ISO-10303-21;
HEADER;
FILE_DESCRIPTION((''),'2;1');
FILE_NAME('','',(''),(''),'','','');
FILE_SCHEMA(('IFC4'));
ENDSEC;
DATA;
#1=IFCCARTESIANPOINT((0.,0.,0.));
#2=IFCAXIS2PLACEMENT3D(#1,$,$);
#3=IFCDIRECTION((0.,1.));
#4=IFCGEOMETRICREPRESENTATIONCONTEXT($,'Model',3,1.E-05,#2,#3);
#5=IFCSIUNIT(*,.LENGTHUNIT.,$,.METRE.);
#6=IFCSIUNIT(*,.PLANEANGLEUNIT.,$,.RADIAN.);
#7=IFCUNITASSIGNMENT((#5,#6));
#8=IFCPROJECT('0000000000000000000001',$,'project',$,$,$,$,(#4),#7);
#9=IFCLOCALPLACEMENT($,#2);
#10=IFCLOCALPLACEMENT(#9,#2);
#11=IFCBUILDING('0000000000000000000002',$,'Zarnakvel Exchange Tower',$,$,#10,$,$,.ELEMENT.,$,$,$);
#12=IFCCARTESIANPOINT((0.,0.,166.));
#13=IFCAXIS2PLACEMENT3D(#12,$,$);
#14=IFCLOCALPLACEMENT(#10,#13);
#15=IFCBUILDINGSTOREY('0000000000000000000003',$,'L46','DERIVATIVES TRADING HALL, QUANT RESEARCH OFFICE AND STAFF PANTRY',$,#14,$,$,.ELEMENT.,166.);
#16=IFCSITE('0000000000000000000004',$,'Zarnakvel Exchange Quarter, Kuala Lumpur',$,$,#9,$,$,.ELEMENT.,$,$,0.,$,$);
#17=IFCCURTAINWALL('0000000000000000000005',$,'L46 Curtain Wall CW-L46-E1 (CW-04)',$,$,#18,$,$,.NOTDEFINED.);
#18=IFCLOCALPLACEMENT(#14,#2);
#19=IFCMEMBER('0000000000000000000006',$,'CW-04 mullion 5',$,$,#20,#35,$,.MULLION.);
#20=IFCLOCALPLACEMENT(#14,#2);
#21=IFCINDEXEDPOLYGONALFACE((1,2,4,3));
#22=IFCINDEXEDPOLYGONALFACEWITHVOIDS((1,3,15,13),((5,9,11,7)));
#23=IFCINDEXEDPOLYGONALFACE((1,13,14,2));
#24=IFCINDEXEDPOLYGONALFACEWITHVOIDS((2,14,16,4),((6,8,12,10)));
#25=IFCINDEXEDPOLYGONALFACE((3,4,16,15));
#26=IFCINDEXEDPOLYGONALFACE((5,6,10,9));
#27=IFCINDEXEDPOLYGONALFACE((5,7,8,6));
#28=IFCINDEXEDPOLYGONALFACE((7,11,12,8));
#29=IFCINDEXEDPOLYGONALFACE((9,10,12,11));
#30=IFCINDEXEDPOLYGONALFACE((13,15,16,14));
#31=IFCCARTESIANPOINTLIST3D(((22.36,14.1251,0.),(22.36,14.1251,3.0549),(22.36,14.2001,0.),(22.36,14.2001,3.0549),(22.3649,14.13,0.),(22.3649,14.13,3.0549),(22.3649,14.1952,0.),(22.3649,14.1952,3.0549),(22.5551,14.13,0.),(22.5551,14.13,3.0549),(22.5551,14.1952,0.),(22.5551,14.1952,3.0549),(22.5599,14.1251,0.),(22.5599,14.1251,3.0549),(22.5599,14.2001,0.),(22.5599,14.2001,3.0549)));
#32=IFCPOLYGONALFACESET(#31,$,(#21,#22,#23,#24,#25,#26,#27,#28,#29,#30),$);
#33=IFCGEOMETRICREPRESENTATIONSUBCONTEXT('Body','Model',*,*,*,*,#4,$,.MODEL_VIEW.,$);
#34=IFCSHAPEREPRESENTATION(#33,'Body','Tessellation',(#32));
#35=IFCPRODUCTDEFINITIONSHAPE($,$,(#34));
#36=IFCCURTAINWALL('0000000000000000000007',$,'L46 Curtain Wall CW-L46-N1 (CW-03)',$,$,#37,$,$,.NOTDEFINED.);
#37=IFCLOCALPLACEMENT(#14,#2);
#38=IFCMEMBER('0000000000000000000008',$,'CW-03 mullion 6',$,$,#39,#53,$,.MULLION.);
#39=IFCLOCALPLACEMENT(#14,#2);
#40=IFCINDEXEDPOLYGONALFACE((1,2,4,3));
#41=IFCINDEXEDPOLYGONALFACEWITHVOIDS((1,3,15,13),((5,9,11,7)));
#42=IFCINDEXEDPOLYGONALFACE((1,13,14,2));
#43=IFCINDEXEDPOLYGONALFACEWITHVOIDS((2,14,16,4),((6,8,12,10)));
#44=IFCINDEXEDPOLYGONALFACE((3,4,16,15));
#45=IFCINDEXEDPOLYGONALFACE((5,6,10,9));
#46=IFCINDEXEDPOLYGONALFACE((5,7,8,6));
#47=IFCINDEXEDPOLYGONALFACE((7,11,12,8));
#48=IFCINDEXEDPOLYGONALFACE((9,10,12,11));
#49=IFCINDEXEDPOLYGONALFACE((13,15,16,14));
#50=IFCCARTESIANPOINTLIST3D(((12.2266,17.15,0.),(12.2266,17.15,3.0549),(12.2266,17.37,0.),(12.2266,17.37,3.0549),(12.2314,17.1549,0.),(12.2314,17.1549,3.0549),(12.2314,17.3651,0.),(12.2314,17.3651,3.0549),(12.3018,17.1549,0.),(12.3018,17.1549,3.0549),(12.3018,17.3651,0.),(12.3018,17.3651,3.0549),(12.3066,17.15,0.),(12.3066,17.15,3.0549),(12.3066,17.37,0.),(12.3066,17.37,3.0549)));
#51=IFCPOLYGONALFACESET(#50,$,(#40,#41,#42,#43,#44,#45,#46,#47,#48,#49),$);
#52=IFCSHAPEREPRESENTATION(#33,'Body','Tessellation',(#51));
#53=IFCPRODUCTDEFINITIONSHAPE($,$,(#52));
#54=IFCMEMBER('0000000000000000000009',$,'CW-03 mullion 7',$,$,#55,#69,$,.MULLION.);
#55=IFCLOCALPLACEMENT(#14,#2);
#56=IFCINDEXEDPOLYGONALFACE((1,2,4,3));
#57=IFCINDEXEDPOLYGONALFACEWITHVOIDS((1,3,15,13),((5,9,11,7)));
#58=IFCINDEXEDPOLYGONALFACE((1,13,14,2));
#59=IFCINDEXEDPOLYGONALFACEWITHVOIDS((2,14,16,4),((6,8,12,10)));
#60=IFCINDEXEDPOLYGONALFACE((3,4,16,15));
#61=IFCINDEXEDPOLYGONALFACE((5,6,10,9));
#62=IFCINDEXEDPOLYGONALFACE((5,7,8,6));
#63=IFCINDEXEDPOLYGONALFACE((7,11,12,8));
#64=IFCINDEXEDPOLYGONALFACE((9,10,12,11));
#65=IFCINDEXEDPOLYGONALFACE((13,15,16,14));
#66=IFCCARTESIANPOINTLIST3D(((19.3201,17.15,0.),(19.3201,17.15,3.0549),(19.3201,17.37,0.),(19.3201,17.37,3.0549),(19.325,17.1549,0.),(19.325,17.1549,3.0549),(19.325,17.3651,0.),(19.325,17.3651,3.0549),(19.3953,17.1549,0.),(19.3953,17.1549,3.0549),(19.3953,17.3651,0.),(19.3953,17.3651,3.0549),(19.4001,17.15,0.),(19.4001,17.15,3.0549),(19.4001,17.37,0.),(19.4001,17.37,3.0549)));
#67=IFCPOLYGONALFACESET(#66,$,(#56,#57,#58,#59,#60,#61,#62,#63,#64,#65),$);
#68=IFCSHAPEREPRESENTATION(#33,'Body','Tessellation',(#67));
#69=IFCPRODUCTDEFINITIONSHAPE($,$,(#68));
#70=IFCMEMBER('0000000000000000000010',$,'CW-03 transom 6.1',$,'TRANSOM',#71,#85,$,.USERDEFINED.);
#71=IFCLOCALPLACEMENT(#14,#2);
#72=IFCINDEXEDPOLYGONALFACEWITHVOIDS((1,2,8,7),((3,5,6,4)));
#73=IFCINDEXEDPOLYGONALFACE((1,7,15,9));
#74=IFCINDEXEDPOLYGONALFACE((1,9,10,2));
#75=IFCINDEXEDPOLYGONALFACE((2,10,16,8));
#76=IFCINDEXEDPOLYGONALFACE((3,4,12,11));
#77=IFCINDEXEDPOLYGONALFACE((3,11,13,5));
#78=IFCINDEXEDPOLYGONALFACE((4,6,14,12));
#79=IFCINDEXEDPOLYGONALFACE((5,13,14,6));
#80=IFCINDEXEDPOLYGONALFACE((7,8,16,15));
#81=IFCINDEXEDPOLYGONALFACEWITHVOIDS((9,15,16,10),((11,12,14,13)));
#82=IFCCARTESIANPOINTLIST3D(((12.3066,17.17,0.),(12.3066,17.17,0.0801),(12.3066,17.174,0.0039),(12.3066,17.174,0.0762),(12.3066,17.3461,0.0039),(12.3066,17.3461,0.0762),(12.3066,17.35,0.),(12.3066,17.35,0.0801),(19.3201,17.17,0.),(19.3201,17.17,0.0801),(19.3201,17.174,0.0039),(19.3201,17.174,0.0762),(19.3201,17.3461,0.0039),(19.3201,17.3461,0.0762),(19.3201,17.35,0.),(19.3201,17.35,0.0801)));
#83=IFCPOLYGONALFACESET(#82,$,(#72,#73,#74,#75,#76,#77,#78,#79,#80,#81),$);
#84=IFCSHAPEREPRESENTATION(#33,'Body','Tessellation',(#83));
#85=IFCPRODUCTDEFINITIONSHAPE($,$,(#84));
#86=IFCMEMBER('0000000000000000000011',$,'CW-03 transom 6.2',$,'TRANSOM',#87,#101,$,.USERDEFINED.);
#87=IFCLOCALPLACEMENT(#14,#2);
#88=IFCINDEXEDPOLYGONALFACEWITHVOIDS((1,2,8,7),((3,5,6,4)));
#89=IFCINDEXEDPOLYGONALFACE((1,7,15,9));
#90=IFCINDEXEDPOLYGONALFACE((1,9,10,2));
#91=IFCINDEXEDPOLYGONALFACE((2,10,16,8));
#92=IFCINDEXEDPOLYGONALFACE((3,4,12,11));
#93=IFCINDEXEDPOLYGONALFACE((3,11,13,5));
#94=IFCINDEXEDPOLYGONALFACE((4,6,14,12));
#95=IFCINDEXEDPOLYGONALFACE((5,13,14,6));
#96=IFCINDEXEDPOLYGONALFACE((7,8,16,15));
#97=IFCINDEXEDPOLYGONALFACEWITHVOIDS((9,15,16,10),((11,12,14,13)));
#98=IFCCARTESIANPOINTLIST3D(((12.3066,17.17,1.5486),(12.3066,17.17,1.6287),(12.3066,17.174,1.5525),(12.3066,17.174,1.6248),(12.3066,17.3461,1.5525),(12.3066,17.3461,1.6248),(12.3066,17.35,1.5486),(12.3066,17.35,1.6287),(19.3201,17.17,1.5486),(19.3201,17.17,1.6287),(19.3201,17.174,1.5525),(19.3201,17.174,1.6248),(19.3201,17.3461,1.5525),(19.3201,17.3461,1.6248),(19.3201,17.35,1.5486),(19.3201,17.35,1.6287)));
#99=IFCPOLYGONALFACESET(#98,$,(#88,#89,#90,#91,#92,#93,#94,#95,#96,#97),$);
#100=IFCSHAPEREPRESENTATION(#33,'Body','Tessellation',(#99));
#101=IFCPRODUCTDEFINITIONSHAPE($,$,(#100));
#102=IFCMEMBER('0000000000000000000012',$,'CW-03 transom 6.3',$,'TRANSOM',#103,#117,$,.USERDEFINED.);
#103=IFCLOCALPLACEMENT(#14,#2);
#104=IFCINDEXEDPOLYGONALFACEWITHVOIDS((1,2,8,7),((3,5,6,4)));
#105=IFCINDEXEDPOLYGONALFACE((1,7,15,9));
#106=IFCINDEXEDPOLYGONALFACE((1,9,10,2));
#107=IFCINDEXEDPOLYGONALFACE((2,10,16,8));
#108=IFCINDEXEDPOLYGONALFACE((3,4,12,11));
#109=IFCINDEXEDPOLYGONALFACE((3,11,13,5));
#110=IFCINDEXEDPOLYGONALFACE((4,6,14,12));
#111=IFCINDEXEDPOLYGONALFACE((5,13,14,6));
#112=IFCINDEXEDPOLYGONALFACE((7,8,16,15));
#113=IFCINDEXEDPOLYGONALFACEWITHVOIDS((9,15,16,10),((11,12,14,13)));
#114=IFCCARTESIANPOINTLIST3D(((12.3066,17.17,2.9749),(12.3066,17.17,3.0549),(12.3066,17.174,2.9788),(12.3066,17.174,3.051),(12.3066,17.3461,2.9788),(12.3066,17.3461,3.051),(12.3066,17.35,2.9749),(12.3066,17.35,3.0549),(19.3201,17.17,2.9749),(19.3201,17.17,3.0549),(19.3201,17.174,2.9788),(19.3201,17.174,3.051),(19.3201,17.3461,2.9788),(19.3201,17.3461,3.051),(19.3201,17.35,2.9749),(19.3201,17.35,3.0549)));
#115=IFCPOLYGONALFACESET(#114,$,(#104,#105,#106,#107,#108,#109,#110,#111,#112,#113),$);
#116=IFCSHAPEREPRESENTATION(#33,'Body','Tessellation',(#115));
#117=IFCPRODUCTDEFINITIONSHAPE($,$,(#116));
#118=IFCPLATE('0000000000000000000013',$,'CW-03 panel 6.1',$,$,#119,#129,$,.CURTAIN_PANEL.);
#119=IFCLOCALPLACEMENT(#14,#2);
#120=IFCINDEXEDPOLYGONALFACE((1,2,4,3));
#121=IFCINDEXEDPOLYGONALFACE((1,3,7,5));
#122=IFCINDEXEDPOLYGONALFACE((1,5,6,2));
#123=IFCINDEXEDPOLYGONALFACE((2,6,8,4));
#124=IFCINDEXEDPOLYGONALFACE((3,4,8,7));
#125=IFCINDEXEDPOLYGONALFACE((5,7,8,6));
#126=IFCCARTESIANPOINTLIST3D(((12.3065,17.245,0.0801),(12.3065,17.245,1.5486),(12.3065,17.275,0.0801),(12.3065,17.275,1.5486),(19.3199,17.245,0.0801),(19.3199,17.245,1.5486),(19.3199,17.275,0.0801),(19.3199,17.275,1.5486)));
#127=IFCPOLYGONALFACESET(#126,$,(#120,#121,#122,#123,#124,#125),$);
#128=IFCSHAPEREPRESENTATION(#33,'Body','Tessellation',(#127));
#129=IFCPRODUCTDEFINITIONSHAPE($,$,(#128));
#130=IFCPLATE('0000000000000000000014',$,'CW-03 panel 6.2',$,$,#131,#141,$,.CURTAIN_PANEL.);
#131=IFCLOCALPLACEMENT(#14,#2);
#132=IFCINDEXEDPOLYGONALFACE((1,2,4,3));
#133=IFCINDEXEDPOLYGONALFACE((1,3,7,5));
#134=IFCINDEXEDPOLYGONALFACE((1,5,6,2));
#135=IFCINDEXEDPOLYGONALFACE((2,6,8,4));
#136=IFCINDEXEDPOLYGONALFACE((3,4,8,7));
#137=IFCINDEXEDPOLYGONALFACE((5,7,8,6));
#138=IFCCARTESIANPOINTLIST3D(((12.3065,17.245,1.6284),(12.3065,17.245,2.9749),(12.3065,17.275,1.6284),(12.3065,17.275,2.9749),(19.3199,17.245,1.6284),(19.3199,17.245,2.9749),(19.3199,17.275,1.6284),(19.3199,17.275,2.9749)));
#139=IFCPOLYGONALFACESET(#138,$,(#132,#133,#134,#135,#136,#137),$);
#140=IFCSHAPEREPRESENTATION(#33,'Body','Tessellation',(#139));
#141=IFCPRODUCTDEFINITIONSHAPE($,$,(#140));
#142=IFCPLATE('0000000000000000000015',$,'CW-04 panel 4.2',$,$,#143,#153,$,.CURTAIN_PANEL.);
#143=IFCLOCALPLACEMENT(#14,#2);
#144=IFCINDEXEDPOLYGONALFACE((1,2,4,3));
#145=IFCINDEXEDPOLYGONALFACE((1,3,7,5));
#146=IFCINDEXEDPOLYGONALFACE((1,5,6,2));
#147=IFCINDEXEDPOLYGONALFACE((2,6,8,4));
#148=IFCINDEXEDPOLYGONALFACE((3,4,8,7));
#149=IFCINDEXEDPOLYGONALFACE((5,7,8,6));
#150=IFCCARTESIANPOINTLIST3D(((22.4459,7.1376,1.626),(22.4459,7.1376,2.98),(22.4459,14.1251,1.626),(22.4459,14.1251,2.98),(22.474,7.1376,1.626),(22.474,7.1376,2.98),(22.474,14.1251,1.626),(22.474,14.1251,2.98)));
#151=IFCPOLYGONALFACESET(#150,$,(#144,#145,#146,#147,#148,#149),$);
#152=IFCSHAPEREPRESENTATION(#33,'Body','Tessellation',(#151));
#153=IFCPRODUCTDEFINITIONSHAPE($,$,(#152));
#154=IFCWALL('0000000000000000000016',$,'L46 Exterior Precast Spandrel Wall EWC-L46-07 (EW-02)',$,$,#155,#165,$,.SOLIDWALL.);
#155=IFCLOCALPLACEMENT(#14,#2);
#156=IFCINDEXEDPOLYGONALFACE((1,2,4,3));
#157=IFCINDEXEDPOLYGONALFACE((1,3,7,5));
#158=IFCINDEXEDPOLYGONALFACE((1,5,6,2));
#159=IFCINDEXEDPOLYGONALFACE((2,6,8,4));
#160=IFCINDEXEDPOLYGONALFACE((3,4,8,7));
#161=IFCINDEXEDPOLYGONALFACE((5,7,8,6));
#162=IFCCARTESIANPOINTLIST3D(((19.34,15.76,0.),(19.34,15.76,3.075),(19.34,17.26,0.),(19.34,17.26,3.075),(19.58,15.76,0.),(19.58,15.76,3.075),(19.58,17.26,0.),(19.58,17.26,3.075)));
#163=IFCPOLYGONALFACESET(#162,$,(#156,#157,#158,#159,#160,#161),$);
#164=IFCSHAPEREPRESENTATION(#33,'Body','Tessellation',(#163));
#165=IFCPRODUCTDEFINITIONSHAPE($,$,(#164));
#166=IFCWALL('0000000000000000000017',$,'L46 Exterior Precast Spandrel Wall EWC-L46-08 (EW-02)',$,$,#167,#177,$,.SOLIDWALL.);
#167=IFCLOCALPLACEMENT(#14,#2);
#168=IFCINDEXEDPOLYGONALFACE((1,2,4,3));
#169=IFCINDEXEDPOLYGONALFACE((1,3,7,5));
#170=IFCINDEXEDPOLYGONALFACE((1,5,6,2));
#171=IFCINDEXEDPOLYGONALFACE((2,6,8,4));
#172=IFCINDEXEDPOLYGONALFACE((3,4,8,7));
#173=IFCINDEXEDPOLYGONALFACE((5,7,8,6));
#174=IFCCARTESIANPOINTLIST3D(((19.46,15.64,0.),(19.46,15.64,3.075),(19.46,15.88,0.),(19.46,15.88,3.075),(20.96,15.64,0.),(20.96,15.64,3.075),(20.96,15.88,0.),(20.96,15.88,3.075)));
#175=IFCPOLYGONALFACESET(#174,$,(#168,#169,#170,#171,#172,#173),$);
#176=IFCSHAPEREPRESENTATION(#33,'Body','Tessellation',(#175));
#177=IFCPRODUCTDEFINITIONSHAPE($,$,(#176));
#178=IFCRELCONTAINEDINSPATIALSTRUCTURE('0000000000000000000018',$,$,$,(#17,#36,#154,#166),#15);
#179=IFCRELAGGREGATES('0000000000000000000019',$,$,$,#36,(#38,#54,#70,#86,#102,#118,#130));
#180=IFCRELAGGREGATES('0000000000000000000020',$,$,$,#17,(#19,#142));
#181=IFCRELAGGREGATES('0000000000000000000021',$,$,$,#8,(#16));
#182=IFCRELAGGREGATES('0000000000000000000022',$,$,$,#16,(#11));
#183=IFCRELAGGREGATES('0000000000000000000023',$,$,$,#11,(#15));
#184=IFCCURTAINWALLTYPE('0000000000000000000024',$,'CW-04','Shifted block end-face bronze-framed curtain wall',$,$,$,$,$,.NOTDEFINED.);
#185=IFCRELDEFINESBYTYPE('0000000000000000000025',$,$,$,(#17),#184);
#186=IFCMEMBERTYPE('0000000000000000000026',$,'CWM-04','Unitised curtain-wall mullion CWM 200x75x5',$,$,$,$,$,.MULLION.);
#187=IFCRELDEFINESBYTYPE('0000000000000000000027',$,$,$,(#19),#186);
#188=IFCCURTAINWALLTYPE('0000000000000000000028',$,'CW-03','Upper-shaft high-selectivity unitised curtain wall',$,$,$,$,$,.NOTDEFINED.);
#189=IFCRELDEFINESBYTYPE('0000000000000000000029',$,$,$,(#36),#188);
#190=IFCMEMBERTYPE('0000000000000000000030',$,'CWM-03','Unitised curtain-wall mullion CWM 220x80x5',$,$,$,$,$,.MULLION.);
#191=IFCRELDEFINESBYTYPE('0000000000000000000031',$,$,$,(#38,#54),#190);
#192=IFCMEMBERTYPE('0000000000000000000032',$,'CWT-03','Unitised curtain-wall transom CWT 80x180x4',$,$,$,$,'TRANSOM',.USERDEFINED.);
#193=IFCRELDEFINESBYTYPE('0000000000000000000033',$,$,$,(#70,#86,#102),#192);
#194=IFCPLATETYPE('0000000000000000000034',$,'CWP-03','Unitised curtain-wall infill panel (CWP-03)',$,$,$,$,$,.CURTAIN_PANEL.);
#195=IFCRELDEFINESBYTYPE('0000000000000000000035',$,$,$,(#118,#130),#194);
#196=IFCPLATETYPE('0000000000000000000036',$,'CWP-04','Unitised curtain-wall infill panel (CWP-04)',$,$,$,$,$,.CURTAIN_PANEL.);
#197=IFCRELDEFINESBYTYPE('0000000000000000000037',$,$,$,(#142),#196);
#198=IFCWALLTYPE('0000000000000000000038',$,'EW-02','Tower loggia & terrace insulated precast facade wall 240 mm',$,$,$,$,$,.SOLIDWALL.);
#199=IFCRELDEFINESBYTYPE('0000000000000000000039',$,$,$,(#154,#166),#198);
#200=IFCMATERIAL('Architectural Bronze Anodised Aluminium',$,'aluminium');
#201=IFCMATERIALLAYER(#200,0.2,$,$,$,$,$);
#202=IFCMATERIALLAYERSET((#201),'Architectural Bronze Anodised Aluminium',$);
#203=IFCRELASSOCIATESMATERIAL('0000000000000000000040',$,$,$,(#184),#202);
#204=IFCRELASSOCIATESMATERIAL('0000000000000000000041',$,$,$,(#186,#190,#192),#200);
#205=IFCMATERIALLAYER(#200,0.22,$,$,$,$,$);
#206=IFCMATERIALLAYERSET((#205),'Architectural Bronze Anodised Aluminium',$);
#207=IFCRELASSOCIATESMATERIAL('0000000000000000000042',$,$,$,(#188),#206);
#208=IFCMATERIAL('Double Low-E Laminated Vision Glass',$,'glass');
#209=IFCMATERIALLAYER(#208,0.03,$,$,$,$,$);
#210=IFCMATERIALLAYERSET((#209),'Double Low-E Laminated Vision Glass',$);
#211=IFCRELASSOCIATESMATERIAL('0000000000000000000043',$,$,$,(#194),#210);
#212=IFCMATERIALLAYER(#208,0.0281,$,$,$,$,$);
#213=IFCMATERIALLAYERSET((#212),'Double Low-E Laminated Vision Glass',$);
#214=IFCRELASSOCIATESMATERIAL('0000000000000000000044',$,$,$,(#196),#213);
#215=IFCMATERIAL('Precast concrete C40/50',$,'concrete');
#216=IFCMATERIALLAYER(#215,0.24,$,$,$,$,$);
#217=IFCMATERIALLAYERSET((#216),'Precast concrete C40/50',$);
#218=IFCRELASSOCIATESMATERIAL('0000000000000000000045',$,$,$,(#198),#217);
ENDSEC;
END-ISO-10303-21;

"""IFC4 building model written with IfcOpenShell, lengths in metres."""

from ifc_helpers import new_model, si_unit, direction, frame, frame_2d, origin, origin_2d, place, context, subcontext, project, spatial, rectangle, hollow_rectangle, extrude, source, transform, mapped, material, layer, layer_set, material_profile, profile_set, type_object, element, aggregate, save


model = new_model("IFC4")

# Units and contexts
model_context = context("Model", 3, precision=1e-05, world=origin(), true_north=direction((0.0, 1.0)))
body_context = subcontext(model_context, "Body", "Model", "MODEL_VIEW")
ifc_project = project(units=[si_unit("LENGTHUNIT", "METRE"), si_unit("PLANEANGLEUNIT", "RADIAN")], contexts=[model_context])

# Site, building, storey
site_placement = place(None, origin())
site = spatial("IfcSite", under=ifc_project, at=site_placement, Name="Zarnakvel Exchange Quarter, Kuala Lumpur", CompositionType="ELEMENT", RefElevation=0.0)
building_placement = place(site_placement, origin())
building = spatial("IfcBuilding", under=site, at=building_placement, Name="Zarnakvel Exchange Tower", CompositionType="ELEMENT")
storey_placement = place(building_placement, frame((0.0, 0.0, 166.0)))
storey = spatial("IfcBuildingStorey", under=building, at=storey_placement, Name="L46", Description="DERIVATIVES TRADING HALL, QUANT RESEARCH OFFICE AND STAFF PANTRY", CompositionType="ELEMENT", Elevation=166.0)

# Curtain wall, member
ifc_material_1 = material(Name="Architectural Bronze Anodised Aluminium", Category="aluminium")
ifc_layer_1 = layer(ifc_material_1, 0.2)
ifc_layer_set_1 = layer_set([ifc_layer_1], Name="Architectural Bronze Anodised Aluminium")
curtain_wall_type_1 = type_object("IfcCurtainWallType", Name="CW-04", Description="Shifted block end-face bronze-framed curtain wall", PredefinedType="NOTDEFINED", material=ifc_layer_set_1)
curtain_wall_1_placement = place(storey_placement, origin())
curtain_wall_1 = element("IfcCurtainWall", 1, at=curtain_wall_1_placement, inside=storey, type_object=curtain_wall_type_1, Name="L46 Curtain Wall CW-L46-E1 (CW-04)", PredefinedType="NOTDEFINED")
ifc_material_profile_1 = material_profile(ifc_material_1, hollow_rectangle(XDim=0.2, YDim=0.075, WallThickness=0.0049, at=origin_2d()))
ifc_profile_set_1 = profile_set([ifc_material_profile_1], Name="Architectural Bronze Anodised Aluminium")
member_type_1 = type_object("IfcMemberType", Name="CWM-04", Description="Unitised curtain-wall mullion CWM 200x75x5", PredefinedType="MULLION", material=ifc_profile_set_1)
shared_shape_1 = source(origin(), body_context, "Body", "SweptSolid", [
    extrude(hollow_rectangle(XDim=0.2, YDim=0.075, WallThickness=0.0049, at=origin_2d()), origin(), (0.0, 0.0, 1.0), 3.0549),
])
member_1_placement = place(storey_placement, frame((22.46, 14.1626, 0.0), z_axis=(0.0, 0.0, 1.0), x_axis=(-1.0, 0.0, 0.0)))
member_1 = element("IfcMember", 2, at=member_1_placement, type_object=member_type_1, Name="CW-04 mullion 5", PredefinedType="MULLION", context=body_context, shape_type="MappedRepresentation", body=[
    mapped(shared_shape_1, transform((0.0, 0.0, 0.0), x_axis=(1.0, 0.0, 0.0), y_axis=(0.0, 1.0, 0.0), z_axis=(0.0, 0.0, 1.0), scale=1.0)),
])

# Curtain wall, members, plates
ifc_layer_2 = layer(ifc_material_1, 0.22)
ifc_layer_set_2 = layer_set([ifc_layer_2], Name="Architectural Bronze Anodised Aluminium")
curtain_wall_type_2 = type_object("IfcCurtainWallType", Name="CW-03", Description="Upper-shaft high-selectivity unitised curtain wall", PredefinedType="NOTDEFINED", material=ifc_layer_set_2)
curtain_wall_2_placement = place(storey_placement, origin())
curtain_wall_2 = element("IfcCurtainWall", 3, at=curtain_wall_2_placement, inside=storey, type_object=curtain_wall_type_2, Name="L46 Curtain Wall CW-L46-N1 (CW-03)", PredefinedType="NOTDEFINED")
ifc_material_profile_2 = material_profile(ifc_material_1, hollow_rectangle(XDim=0.22, YDim=0.0801, WallThickness=0.0049, at=origin_2d()))
ifc_profile_set_2 = profile_set([ifc_material_profile_2], Name="Architectural Bronze Anodised Aluminium")
member_type_2 = type_object("IfcMemberType", Name="CWM-03", Description="Unitised curtain-wall mullion CWM 220x80x5", PredefinedType="MULLION", material=ifc_profile_set_2)
shared_shape_2 = source(origin(), body_context, "Body", "SweptSolid", [
    extrude(hollow_rectangle(XDim=0.22, YDim=0.0801, WallThickness=0.0049, at=origin_2d()), origin(), (0.0, 0.0, 1.0), 3.0549),
])
member_2_placement = place(storey_placement, frame((12.2666, 17.26, 0.0), z_axis=(0.0, 0.0, 1.0), x_axis=(0.0, 1.0, 0.0)))
member_2 = element("IfcMember", 4, at=member_2_placement, type_object=member_type_2, Name="CW-03 mullion 6", PredefinedType="MULLION", context=body_context, shape_type="MappedRepresentation", body=[
    mapped(shared_shape_2, transform((0.0, 0.0, 0.0), x_axis=(1.0, 0.0, 0.0), y_axis=(0.0, 1.0, 0.0), z_axis=(0.0, 0.0, 1.0), scale=1.0)),
])
member_3_placement = place(storey_placement, frame((19.3601, 17.26, 0.0), z_axis=(0.0, 0.0, 1.0), x_axis=(0.0, 1.0, 0.0)))
member_3 = element("IfcMember", 5, at=member_3_placement, type_object=member_type_2, Name="CW-03 mullion 7", PredefinedType="MULLION", context=body_context, shape_type="MappedRepresentation", body=[
    mapped(shared_shape_2, transform((0.0, 0.0, 0.0), x_axis=(1.0, 0.0, 0.0), y_axis=(0.0, 1.0, 0.0), z_axis=(0.0, 0.0, 1.0), scale=1.0)),
])
ifc_material_profile_3 = material_profile(ifc_material_1, hollow_rectangle(XDim=0.1799, YDim=0.0801, WallThickness=0.0039, at=origin_2d()))
ifc_profile_set_3 = profile_set([ifc_material_profile_3], Name="Architectural Bronze Anodised Aluminium")
member_type_3 = type_object("IfcMemberType", Name="CWT-03", Description="Unitised curtain-wall transom CWT 80x180x4", ElementType="TRANSOM", PredefinedType="USERDEFINED", material=ifc_profile_set_3)
shared_shape_3 = source(origin(), body_context, "Body", "SweptSolid", [
    extrude(hollow_rectangle(XDim=0.1799, YDim=0.0801, WallThickness=0.0039, at=origin_2d()), origin(), (0.0, 0.0, 1.0), 7.0134),
])
member_4_placement = place(storey_placement, frame((12.3066, 17.26, 0.04), z_axis=(1.0, 0.0, 0.0), x_axis=(0.0, 1.0, 0.0)))
member_4 = element("IfcMember", 6, at=member_4_placement, type_object=member_type_3, Name="CW-03 transom 6.1", ObjectType="TRANSOM", PredefinedType="USERDEFINED", context=body_context, shape_type="MappedRepresentation", body=[
    mapped(shared_shape_3, transform((0.0, 0.0, 0.0), x_axis=(1.0, 0.0, 0.0), y_axis=(0.0, 1.0, 0.0), z_axis=(0.0, 0.0, 1.0), scale=1.0)),
])
member_5_placement = place(storey_placement, frame((12.3066, 17.26, 1.5886), z_axis=(1.0, 0.0, 0.0), x_axis=(0.0, 1.0, 0.0)))
member_5 = element("IfcMember", 7, at=member_5_placement, type_object=member_type_3, Name="CW-03 transom 6.2", ObjectType="TRANSOM", PredefinedType="USERDEFINED", context=body_context, shape_type="MappedRepresentation", body=[
    mapped(shared_shape_3, transform((0.0, 0.0, 0.0), x_axis=(1.0, 0.0, 0.0), y_axis=(0.0, 1.0, 0.0), z_axis=(0.0, 0.0, 1.0), scale=1.0)),
])
member_6_placement = place(storey_placement, frame((12.3066, 17.26, 3.0149), z_axis=(1.0, 0.0, 0.0), x_axis=(0.0, 1.0, 0.0)))
member_6 = element("IfcMember", 8, at=member_6_placement, type_object=member_type_3, Name="CW-03 transom 6.3", ObjectType="TRANSOM", PredefinedType="USERDEFINED", context=body_context, shape_type="MappedRepresentation", body=[
    mapped(shared_shape_3, transform((0.0, 0.0, 0.0), x_axis=(1.0, 0.0, 0.0), y_axis=(0.0, 1.0, 0.0), z_axis=(0.0, 0.0, 1.0), scale=1.0)),
])
ifc_material_2 = material(Name="Double Low-E Laminated Vision Glass", Category="glass")
ifc_layer_3 = layer(ifc_material_2, 0.03)
ifc_layer_set_3 = layer_set([ifc_layer_3], Name="Double Low-E Laminated Vision Glass")
plate_type_1 = type_object("IfcPlateType", Name="CWP-03", Description="Unitised curtain-wall infill panel (CWP-03)", PredefinedType="CURTAIN_PANEL", material=ifc_layer_set_3)
shared_shape_4 = source(origin(), body_context, "Body", "SweptSolid", [
    extrude(rectangle(XDim=7.0134, YDim=0.03, at=origin_2d()), origin(), (0.0, 0.0, 1.0), 1.4685),
])
plate_1_placement = place(storey_placement, frame((15.8132, 17.26, 0.0801), z_axis=(0.0, 0.0, 1.0), x_axis=(1.0, 0.0, 0.0)))
plate_1 = element("IfcPlate", 9, at=plate_1_placement, type_object=plate_type_1, Name="CW-03 panel 6.1", PredefinedType="CURTAIN_PANEL", context=body_context, shape_type="MappedRepresentation", body=[
    mapped(shared_shape_4, transform((0.0, 0.0, 0.0), x_axis=(1.0, 0.0, 0.0), y_axis=(0.0, 1.0, 0.0), z_axis=(0.0, 0.0, 1.0), scale=1.0)),
])
shared_shape_5 = source(origin(), body_context, "Body", "SweptSolid", [
    extrude(rectangle(XDim=7.0134, YDim=0.03, at=origin_2d()), origin(), (0.0, 0.0, 1.0), 1.3464),
])
plate_2_placement = place(storey_placement, frame((15.8132, 17.26, 1.6284), z_axis=(0.0, 0.0, 1.0), x_axis=(1.0, 0.0, 0.0)))
plate_2 = element("IfcPlate", 10, at=plate_2_placement, type_object=plate_type_1, Name="CW-03 panel 6.2", PredefinedType="CURTAIN_PANEL", context=body_context, shape_type="MappedRepresentation", body=[
    mapped(shared_shape_5, transform((0.0, 0.0, 0.0), x_axis=(1.0, 0.0, 0.0), y_axis=(0.0, 1.0, 0.0), z_axis=(0.0, 0.0, 1.0), scale=1.0)),
])
aggregate(curtain_wall_2, [member_2, member_3, member_4, member_5, member_6, plate_1, plate_2])

# Plate
ifc_layer_4 = layer(ifc_material_2, 0.0281)
ifc_layer_set_4 = layer_set([ifc_layer_4], Name="Double Low-E Laminated Vision Glass")
plate_type_2 = type_object("IfcPlateType", Name="CWP-04", Description="Unitised curtain-wall infill panel (CWP-04)", PredefinedType="CURTAIN_PANEL", material=ifc_layer_set_4)
shared_shape_6 = source(origin(), body_context, "Body", "SweptSolid", [
    extrude(rectangle(XDim=6.9875, YDim=0.0281, at=origin_2d()), origin(), (0.0, 0.0, 1.0), 1.354),
])
plate_3_placement = place(storey_placement, frame((22.46, 10.6313, 1.626), z_axis=(0.0, 0.0, 1.0), x_axis=(0.0, 1.0, 0.0)))
plate_3 = element("IfcPlate", 11, at=plate_3_placement, type_object=plate_type_2, Name="CW-04 panel 4.2", PredefinedType="CURTAIN_PANEL", context=body_context, shape_type="MappedRepresentation", body=[
    mapped(shared_shape_6, transform((0.0, 0.0, 0.0), x_axis=(1.0, 0.0, 0.0), y_axis=(0.0, 1.0, 0.0), z_axis=(0.0, 0.0, 1.0), scale=1.0)),
])
aggregate(curtain_wall_1, [member_1, plate_3])

# Walls
ifc_material_3 = material(Name="Precast concrete C40/50", Category="concrete")
ifc_layer_5 = layer(ifc_material_3, 0.24)
ifc_layer_set_5 = layer_set([ifc_layer_5], Name="Precast concrete C40/50")
wall_type_1 = type_object("IfcWallType", Name="EW-02", Description="Tower loggia & terrace insulated precast facade wall 240 mm", PredefinedType="SOLIDWALL", material=ifc_layer_set_5)
for number, where, z_axis, x_axis, name in (
    (12, (19.46, 15.76, 0.0), (0.0, 0.0, 1.0), (0.0, 1.0, 0.0), "L46 Exterior Precast Spandrel Wall EWC-L46-07 (EW-02)"),
    (13, (20.96, 15.76, 0.0), (0.0, 0.0, 1.0), (-1.0, 0.0, 0.0), "L46 Exterior Precast Spandrel Wall EWC-L46-08 (EW-02)"),
):
    element("IfcWall", number, at=place(storey_placement, frame(where, z_axis=z_axis, x_axis=x_axis)), inside=storey, type_object=wall_type_1, Name=name, PredefinedType="SOLIDWALL", context=body_context, shape_type="SweptSolid", body=[
        extrude(rectangle(XDim=1.5, YDim=0.24, at=frame_2d((0.75, 0.0))), origin(), (0.0, 0.0, 1.0), 3.075),
    ])

save(model, "model.ifc")
